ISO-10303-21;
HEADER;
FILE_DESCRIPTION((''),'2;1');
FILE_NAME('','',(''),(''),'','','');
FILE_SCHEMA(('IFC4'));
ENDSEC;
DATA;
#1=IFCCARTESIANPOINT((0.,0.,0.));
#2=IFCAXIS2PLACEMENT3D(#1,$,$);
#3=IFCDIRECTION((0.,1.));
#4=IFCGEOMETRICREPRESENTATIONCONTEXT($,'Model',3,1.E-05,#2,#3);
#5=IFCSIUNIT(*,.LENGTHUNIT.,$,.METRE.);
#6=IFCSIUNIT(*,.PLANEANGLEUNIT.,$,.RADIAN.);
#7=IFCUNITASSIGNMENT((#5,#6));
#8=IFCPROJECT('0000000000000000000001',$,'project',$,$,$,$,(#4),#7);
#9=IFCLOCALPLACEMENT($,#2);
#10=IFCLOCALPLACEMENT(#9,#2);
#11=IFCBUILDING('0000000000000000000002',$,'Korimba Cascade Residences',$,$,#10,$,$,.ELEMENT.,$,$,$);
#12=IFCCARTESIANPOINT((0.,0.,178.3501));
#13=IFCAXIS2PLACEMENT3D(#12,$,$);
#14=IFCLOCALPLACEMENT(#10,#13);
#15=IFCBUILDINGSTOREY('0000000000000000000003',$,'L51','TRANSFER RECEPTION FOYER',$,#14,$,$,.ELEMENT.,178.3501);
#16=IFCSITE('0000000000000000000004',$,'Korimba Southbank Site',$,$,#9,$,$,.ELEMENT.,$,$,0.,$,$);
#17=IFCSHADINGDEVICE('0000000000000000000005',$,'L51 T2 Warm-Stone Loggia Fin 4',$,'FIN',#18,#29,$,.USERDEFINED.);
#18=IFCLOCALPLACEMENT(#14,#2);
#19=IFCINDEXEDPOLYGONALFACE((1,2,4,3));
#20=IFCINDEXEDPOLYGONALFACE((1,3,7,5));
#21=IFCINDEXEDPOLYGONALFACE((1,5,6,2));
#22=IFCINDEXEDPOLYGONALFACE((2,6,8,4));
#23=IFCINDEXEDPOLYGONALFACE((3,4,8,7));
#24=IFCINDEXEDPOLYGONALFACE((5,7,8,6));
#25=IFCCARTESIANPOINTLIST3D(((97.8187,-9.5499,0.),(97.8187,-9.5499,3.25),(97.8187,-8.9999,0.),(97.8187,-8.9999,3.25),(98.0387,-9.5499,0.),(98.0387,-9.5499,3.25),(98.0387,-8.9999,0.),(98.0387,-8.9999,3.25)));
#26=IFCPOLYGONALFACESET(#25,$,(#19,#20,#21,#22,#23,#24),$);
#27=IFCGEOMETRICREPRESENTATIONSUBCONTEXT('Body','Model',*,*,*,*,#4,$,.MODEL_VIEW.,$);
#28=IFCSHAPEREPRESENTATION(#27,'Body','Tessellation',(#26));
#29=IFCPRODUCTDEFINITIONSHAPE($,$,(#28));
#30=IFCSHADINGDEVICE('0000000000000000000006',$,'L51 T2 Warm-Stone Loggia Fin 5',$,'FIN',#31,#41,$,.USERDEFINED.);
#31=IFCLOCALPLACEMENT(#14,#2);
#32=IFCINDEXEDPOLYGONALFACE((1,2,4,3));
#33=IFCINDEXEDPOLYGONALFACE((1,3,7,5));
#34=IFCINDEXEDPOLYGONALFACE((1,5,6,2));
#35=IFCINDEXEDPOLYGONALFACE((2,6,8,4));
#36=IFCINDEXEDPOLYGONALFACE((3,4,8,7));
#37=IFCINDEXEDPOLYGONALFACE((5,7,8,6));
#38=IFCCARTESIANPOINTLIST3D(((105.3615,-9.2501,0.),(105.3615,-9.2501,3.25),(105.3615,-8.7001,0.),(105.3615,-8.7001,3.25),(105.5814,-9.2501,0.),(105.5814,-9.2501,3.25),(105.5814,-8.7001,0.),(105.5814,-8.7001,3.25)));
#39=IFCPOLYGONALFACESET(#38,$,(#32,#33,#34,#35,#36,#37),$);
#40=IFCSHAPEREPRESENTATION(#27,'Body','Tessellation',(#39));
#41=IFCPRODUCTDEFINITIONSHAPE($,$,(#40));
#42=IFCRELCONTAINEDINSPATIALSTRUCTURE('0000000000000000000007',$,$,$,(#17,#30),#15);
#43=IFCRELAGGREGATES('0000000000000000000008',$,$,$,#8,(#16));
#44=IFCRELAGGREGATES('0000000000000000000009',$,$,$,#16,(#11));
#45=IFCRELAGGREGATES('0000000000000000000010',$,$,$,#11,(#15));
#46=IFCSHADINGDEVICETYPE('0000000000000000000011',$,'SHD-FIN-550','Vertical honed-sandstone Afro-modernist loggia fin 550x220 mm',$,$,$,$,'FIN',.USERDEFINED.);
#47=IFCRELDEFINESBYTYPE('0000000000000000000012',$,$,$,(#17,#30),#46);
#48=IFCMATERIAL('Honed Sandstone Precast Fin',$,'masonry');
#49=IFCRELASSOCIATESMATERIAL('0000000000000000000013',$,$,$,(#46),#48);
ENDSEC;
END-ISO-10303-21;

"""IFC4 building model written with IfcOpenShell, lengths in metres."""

from ifc_helpers import new_model, si_unit, direction, frame, origin, origin_2d, place, context, subcontext, project, spatial, rectangle, extrude, material, type_object, element, save


model = new_model("IFC4")

# Units and contexts
model_context = context("Model", 3, precision=1e-05, world=origin(), true_north=direction((0.0, 1.0)))
body_context = subcontext(model_context, "Body", "Model", "MODEL_VIEW")
ifc_project = project(units=[si_unit("LENGTHUNIT", "METRE"), si_unit("PLANEANGLEUNIT", "RADIAN")], contexts=[model_context])

# Site, building, storey
site_placement = place(None, origin())
site = spatial("IfcSite", under=ifc_project, at=site_placement, Name="Korimba Southbank Site", CompositionType="ELEMENT", RefElevation=0.0)
building_placement = place(site_placement, origin())
building = spatial("IfcBuilding", under=site, at=building_placement, Name="Korimba Cascade Residences", CompositionType="ELEMENT")
storey_placement = place(building_placement, frame((0.0, 0.0, 178.3501)))
storey = spatial("IfcBuildingStorey", under=building, at=storey_placement, Name="L51", Description="TRANSFER RECEPTION FOYER", CompositionType="ELEMENT", Elevation=178.3501)

# Shading devices
ifc_material_1 = material(Name="Honed Sandstone Precast Fin", Category="masonry")
shading_device_type = type_object("IfcShadingDeviceType", Name="SHD-FIN-550", Description="Vertical honed-sandstone Afro-modernist loggia fin 550x220 mm", ElementType="FIN", PredefinedType="USERDEFINED", material=ifc_material_1)
for number, where, z_axis, x_axis, name in (
    (1, (97.9287, -9.2749, 0.0), (0.0, 0.0, 1.0), (1.0, 0.0, 0.0), "L51 T2 Warm-Stone Loggia Fin 4"),
    (2, (105.4714, -8.9751, 0.0), (0.0, 0.0, 1.0), (1.0, 0.0, 0.0), "L51 T2 Warm-Stone Loggia Fin 5"),
):
    element("IfcShadingDevice", number, at=place(storey_placement, frame(where, z_axis=z_axis, x_axis=x_axis)), inside=storey, type_object=shading_device_type, Name=name, ObjectType="FIN", PredefinedType="USERDEFINED", context=body_context, shape_type="SweptSolid", body=[
        extrude(rectangle(XDim=0.22, YDim=0.55, at=origin_2d()), origin(), (0.0, 0.0, 1.0), 3.25),
    ])

save(model, "model.ifc")
